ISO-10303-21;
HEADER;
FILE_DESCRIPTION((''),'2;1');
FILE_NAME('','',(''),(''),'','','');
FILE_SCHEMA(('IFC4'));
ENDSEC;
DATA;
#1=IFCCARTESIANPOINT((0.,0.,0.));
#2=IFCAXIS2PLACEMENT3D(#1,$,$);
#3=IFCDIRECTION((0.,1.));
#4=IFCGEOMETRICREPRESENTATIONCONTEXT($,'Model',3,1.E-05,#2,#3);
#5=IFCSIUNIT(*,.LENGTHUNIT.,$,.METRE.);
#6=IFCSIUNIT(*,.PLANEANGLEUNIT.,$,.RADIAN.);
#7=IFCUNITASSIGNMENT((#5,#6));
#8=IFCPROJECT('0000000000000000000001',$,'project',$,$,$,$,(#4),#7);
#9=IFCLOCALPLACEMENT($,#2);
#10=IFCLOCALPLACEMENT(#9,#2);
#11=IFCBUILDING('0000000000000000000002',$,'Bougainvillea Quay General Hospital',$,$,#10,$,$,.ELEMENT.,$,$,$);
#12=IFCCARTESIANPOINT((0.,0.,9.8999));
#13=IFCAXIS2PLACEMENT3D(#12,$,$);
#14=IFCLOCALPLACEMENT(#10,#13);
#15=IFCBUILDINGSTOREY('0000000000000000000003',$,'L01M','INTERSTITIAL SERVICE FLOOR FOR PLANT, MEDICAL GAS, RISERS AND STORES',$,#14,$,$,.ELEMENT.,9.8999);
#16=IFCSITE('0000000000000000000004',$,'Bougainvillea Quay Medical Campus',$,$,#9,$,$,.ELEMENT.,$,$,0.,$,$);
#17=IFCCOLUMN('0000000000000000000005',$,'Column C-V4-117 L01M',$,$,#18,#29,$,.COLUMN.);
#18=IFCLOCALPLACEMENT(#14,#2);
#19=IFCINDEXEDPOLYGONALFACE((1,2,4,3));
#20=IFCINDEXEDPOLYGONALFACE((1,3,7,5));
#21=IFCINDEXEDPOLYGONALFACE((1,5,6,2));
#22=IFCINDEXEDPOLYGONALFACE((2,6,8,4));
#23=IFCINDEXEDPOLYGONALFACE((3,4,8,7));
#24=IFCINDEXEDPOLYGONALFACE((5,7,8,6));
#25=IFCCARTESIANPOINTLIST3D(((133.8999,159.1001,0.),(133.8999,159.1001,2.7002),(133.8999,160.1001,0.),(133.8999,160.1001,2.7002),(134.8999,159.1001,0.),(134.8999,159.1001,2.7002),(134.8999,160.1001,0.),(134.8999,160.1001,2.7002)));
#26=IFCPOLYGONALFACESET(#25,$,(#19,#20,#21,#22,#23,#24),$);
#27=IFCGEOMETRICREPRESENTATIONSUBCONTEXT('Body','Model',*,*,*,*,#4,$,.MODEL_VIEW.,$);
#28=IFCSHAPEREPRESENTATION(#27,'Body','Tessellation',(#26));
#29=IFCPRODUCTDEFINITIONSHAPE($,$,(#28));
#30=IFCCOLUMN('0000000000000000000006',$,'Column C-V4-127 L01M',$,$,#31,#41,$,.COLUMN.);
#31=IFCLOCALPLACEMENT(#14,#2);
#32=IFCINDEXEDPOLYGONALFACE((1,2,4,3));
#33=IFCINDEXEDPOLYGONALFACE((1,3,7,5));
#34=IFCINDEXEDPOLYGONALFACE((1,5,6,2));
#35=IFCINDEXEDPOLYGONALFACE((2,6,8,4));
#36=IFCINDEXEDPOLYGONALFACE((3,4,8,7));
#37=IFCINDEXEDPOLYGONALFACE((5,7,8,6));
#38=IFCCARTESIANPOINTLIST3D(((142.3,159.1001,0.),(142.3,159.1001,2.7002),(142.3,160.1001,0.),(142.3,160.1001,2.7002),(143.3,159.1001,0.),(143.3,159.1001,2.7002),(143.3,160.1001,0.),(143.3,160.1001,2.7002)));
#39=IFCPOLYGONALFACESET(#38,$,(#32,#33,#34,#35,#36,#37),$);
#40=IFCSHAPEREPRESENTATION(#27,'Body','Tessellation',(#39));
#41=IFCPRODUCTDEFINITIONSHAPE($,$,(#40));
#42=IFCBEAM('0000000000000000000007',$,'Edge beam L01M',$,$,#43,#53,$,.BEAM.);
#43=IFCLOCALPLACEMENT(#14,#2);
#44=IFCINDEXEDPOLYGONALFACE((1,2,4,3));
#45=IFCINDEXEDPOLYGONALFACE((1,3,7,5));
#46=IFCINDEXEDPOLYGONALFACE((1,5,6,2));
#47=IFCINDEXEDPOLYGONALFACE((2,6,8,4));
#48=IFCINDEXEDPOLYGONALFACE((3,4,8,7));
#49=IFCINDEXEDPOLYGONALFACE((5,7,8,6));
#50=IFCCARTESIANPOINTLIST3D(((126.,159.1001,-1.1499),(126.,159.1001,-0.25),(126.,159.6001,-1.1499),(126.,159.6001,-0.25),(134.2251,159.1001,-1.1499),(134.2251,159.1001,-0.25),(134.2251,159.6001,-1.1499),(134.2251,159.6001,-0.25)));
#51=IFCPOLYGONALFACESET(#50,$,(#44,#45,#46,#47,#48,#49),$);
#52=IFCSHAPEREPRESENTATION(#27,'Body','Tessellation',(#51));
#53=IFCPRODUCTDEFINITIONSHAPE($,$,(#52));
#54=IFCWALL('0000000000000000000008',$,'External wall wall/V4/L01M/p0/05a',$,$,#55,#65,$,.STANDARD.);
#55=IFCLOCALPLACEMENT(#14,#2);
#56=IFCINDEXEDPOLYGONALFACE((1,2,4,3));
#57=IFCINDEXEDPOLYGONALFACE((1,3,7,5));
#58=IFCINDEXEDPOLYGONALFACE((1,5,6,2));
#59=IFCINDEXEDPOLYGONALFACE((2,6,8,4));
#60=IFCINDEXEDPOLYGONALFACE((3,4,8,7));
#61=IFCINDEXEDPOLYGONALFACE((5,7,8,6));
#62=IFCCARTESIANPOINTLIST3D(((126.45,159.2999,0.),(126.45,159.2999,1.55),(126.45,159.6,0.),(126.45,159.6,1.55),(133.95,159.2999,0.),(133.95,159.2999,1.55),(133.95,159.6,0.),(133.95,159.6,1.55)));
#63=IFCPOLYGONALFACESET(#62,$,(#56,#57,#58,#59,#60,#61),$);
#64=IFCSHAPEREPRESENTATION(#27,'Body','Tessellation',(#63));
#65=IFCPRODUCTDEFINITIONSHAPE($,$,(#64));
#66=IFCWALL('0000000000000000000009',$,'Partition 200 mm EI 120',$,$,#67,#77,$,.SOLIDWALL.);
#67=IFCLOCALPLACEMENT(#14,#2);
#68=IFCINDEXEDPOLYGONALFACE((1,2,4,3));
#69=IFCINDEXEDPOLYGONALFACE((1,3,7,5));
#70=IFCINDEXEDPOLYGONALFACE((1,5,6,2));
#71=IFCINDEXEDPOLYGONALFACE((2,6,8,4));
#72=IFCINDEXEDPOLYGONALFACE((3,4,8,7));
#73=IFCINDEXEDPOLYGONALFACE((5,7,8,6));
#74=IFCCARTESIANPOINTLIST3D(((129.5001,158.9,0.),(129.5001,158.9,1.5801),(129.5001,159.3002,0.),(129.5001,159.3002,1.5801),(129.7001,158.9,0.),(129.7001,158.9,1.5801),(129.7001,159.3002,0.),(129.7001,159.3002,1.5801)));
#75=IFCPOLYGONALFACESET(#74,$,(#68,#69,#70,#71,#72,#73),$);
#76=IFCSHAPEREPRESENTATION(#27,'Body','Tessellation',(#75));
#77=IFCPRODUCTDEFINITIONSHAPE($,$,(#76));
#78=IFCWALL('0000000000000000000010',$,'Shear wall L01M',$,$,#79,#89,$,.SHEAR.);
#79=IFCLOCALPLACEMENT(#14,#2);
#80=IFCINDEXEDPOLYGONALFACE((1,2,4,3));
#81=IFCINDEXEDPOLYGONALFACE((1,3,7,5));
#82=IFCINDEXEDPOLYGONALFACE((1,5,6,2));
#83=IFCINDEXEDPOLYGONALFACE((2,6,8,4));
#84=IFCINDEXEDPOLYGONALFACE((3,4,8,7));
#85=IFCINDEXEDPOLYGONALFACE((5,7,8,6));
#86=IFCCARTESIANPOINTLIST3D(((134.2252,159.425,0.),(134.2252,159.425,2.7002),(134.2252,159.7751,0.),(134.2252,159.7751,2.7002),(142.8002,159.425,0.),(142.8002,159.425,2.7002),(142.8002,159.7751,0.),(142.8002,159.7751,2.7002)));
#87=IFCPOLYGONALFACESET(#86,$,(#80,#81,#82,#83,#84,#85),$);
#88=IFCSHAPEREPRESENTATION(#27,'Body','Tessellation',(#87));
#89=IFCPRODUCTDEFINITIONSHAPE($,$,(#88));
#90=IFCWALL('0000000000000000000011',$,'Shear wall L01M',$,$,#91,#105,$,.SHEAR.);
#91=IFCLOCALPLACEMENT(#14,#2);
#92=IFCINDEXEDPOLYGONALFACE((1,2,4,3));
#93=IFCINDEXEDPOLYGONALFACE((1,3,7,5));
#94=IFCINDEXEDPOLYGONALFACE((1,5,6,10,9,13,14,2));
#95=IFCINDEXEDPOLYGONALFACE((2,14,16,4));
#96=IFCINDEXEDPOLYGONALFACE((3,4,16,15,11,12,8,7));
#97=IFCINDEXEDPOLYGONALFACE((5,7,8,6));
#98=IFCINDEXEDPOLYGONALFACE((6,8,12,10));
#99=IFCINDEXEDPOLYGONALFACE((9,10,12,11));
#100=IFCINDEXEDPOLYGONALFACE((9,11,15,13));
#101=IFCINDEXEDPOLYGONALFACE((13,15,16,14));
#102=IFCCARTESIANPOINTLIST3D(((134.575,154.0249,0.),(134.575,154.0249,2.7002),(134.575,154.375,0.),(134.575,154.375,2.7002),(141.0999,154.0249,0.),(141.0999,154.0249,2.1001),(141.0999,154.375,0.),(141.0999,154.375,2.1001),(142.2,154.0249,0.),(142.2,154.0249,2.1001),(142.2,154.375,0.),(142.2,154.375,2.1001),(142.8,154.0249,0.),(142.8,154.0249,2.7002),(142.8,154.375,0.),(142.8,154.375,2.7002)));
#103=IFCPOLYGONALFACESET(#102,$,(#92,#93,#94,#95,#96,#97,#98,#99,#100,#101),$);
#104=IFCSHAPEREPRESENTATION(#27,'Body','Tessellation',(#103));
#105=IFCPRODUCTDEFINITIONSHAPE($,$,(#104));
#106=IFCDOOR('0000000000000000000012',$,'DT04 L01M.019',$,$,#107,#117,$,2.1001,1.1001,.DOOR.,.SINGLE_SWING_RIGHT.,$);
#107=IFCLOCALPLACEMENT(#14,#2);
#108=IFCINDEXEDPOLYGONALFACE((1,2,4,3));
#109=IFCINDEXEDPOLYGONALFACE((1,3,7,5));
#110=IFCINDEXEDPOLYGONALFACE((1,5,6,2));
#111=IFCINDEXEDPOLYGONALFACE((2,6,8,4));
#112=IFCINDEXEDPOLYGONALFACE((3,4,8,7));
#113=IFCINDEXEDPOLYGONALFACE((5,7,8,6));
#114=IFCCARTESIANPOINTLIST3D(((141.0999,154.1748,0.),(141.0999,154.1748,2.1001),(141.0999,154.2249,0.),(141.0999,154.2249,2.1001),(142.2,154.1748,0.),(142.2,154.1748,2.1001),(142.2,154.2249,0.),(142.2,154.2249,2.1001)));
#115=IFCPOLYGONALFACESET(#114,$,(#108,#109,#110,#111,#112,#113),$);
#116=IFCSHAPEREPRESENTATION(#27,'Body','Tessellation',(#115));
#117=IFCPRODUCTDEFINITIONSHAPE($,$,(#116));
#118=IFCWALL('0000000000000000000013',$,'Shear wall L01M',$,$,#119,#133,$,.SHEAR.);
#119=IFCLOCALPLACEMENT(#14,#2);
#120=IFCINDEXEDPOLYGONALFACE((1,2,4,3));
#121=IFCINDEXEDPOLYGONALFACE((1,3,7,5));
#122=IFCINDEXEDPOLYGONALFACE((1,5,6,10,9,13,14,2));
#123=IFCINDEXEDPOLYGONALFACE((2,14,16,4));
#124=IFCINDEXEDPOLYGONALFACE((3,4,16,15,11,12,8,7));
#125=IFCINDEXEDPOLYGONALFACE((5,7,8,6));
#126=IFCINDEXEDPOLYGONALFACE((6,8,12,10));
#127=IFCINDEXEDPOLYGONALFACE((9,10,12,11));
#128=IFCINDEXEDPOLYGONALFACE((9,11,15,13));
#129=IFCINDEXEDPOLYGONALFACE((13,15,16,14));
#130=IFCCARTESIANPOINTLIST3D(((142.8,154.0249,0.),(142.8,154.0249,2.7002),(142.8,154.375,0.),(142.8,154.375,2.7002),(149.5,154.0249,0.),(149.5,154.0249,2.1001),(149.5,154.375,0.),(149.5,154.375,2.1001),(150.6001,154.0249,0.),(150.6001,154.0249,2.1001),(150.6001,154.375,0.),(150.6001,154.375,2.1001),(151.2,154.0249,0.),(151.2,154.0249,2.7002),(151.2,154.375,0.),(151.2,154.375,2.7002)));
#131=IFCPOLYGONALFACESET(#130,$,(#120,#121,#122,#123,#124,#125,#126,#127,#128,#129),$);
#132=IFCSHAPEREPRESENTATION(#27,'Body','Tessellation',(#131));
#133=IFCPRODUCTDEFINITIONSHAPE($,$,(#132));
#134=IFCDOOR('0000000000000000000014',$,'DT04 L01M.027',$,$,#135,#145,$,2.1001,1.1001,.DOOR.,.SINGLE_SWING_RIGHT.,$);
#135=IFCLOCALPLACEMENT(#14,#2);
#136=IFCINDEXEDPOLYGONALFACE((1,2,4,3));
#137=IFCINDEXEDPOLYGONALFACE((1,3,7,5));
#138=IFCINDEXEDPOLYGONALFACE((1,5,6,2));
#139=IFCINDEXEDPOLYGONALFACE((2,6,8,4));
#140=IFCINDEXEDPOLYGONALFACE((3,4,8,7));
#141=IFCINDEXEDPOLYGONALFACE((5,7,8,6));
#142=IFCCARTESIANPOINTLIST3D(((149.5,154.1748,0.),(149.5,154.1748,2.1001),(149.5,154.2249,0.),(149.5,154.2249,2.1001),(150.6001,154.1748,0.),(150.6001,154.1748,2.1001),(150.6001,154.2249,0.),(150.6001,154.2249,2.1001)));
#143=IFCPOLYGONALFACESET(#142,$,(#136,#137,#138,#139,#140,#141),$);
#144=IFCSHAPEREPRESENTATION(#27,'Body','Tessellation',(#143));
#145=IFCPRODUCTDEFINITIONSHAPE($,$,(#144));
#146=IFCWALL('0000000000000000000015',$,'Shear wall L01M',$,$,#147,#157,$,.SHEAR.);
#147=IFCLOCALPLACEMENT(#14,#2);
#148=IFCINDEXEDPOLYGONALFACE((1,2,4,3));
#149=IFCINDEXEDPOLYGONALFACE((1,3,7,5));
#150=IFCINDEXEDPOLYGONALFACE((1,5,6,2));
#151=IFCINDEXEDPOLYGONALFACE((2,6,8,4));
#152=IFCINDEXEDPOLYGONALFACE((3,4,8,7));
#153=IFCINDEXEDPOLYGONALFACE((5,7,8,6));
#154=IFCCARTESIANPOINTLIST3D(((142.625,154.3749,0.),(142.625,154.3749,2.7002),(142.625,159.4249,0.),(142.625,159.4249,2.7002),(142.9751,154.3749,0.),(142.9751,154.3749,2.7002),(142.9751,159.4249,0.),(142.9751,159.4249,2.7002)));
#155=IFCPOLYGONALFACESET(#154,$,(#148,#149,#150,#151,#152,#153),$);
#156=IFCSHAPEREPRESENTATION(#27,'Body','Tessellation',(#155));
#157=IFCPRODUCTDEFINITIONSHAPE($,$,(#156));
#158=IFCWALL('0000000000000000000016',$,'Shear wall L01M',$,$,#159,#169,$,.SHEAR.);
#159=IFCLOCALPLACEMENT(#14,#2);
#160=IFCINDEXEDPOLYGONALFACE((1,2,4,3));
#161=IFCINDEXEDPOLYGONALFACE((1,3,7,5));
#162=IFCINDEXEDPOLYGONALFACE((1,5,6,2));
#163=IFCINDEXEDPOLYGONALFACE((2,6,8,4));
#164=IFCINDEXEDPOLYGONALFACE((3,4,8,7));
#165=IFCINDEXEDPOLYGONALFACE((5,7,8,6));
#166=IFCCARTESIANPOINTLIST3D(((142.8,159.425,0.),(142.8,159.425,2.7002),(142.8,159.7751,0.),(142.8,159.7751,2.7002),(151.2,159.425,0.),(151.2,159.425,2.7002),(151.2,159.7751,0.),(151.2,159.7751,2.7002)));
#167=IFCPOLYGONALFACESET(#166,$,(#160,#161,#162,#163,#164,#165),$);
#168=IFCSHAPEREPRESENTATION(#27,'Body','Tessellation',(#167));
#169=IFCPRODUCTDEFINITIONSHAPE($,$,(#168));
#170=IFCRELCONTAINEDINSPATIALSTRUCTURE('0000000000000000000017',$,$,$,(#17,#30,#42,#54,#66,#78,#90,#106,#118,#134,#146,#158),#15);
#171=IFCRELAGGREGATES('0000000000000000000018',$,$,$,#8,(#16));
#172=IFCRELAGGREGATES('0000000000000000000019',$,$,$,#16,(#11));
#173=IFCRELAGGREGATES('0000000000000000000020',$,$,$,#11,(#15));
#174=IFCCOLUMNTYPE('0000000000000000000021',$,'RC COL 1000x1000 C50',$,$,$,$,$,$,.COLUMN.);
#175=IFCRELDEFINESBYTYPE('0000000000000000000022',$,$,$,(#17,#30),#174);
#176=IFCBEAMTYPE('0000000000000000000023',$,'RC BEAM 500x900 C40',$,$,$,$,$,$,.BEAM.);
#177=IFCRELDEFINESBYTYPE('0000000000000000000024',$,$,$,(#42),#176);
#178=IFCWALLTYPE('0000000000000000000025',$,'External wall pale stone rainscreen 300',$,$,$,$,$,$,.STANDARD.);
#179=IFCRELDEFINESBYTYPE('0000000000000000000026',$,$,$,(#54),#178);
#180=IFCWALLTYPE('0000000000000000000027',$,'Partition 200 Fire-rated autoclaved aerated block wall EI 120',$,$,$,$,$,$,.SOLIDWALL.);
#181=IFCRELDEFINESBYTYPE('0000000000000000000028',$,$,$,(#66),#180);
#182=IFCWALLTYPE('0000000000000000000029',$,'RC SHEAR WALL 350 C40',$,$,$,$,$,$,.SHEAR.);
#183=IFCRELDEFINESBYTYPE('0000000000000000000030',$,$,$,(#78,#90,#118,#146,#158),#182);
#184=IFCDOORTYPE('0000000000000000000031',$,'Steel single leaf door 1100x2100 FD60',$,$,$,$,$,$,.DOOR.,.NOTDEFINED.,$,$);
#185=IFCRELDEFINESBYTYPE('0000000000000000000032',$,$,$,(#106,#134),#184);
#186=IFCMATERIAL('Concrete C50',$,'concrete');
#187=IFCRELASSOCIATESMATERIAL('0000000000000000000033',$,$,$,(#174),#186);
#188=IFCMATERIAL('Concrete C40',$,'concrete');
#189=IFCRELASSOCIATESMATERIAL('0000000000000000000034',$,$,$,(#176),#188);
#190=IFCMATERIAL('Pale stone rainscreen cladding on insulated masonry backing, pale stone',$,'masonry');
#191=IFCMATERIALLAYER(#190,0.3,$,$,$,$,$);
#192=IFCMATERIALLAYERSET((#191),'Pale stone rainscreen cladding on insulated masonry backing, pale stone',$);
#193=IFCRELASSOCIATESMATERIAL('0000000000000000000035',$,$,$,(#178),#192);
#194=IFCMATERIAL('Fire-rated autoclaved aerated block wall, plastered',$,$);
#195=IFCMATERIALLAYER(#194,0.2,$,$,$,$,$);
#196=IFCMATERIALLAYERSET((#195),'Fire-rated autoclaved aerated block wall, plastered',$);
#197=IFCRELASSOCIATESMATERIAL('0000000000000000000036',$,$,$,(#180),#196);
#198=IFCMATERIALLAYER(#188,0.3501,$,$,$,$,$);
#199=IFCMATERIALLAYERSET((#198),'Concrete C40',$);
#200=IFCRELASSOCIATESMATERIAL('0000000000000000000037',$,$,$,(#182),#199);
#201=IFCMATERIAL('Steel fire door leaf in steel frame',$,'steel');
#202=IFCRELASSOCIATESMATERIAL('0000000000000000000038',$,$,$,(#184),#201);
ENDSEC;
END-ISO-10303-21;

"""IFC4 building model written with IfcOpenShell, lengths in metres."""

from ifc_helpers import new_model, si_unit, direction, frame, frame_2d, origin, origin_2d, place, context, subcontext, project, spatial, rectangle, extrude, material, layer, layer_set, material_profile, profile_set, type_object, element, fill, save


model = new_model("IFC4")

# Units and contexts
model_context = context("Model", 3, precision=1e-05, world=origin(), true_north=direction((0.0, 1.0)))
body_context = subcontext(model_context, "Body", "Model", "MODEL_VIEW")
ifc_project = project(units=[si_unit("LENGTHUNIT", "METRE"), si_unit("PLANEANGLEUNIT", "RADIAN")], contexts=[model_context])

# Site, building, storey
site_placement = place(None, origin())
site = spatial("IfcSite", under=ifc_project, at=site_placement, Name="Bougainvillea Quay Medical Campus", CompositionType="ELEMENT", RefElevation=0.0)
building_placement = place(site_placement, origin())
building = spatial("IfcBuilding", under=site, at=building_placement, Name="Bougainvillea Quay General Hospital", CompositionType="ELEMENT")
storey_placement = place(building_placement, frame((0.0, 0.0, 9.8999)))
storey = spatial("IfcBuildingStorey", under=building, at=storey_placement, Name="L01M", Description="INTERSTITIAL SERVICE FLOOR FOR PLANT, MEDICAL GAS, RISERS AND STORES", CompositionType="ELEMENT", Elevation=9.8999)

# Columns
ifc_material_1 = material(Name="Concrete C50", Category="concrete")
ifc_material_profile_1 = material_profile(ifc_material_1, rectangle(XDim=1.0, YDim=1.0, at=origin_2d()))
ifc_profile_set_1 = profile_set([ifc_material_profile_1], Name="Concrete C50")
column_type = type_object("IfcColumnType", Name="RC COL 1000x1000 C50", PredefinedType="COLUMN", material=ifc_profile_set_1)
for number, where, z_axis, x_axis, name in (
    (1, (134.3999, 159.6001, 0.0), (0.0, 0.0, 1.0), (1.0, 0.0, 0.0), "Column C-V4-117 L01M"),
    (2, (142.8, 159.6001, 0.0), (0.0, 0.0, 1.0), (1.0, 0.0, 0.0), "Column C-V4-127 L01M"),
):
    element("IfcColumn", number, at=place(storey_placement, frame(where, z_axis=z_axis, x_axis=x_axis)), inside=storey, type_object=column_type, Name=name, PredefinedType="COLUMN", context=body_context, shape_type="SweptSolid", body=[
        extrude(rectangle(XDim=1.0, YDim=1.0, at=origin_2d()), origin(), (0.0, 0.0, 1.0), 2.7002),
    ])

# Beam
ifc_material_2 = material(Name="Concrete C40", Category="concrete")
ifc_material_profile_2 = material_profile(ifc_material_2, rectangle(XDim=0.5, YDim=0.8999, at=origin_2d()))
ifc_profile_set_2 = profile_set([ifc_material_profile_2], Name="Concrete C40")
beam_type = type_object("IfcBeamType", Name="RC BEAM 500x900 C40", PredefinedType="BEAM", material=ifc_profile_set_2)
beam_placement = place(storey_placement, frame((134.2251, 159.3501, -0.7), z_axis=(-1.0, 0.0, 0.0), x_axis=(0.0, -1.0, 0.0)))
element("IfcBeam", 3, at=beam_placement, inside=storey, type_object=beam_type, Name="Edge beam L01M", PredefinedType="BEAM", context=body_context, shape_type="SweptSolid", body=[
    extrude(rectangle(XDim=0.5, YDim=0.8999, at=origin_2d()), origin(), (0.0, 0.0, 1.0), 8.2251),
])

# Walls
ifc_material_3 = material(Name="Pale stone rainscreen cladding on insulated masonry backing, pale stone", Category="masonry")
ifc_layer_1 = layer(ifc_material_3, 0.3)
ifc_layer_set_1 = layer_set([ifc_layer_1], Name="Pale stone rainscreen cladding on insulated masonry backing, pale stone")
wall_type_1 = type_object("IfcWallType", Name="External wall pale stone rainscreen 300", PredefinedType="STANDARD", material=ifc_layer_set_1)
wall_1_placement = place(storey_placement, frame((133.95, 159.45, 0.0), z_axis=(0.0, 0.0, 1.0), x_axis=(-1.0, 0.0, 0.0)))
element("IfcWall", 4, at=wall_1_placement, inside=storey, type_object=wall_type_1, Name="External wall wall/V4/L01M/p0/05a", PredefinedType="STANDARD", context=body_context, shape_type="SweptSolid", body=[
    extrude(rectangle(XDim=7.5, YDim=0.3, at=frame_2d((3.75, 0.0))), origin(), (0.0, 0.0, 1.0), 1.55),
])
ifc_material_4 = material(Name="Fire-rated autoclaved aerated block wall, plastered")
ifc_layer_2 = layer(ifc_material_4, 0.2)
ifc_layer_set_2 = layer_set([ifc_layer_2], Name="Fire-rated autoclaved aerated block wall, plastered")
wall_type_2 = type_object("IfcWallType", Name="Partition 200 Fire-rated autoclaved aerated block wall EI 120", PredefinedType="SOLIDWALL", material=ifc_layer_set_2)
wall_2_placement = place(storey_placement, frame((129.6001, 158.8999, 0.0), z_axis=(0.0, 0.0, 1.0), x_axis=(0.0, 1.0, 0.0)))
element("IfcWall", 5, at=wall_2_placement, inside=storey, type_object=wall_type_2, Name="Partition 200 mm EI 120", PredefinedType="SOLIDWALL", context=body_context, shape_type="SweptSolid", body=[
    extrude(rectangle(XDim=0.4001, YDim=0.2, at=frame_2d((0.2002, 0.0))), origin(), (0.0, 0.0, 1.0), 1.5801),
])
ifc_layer_3 = layer(ifc_material_2, 0.3501)
ifc_layer_set_3 = layer_set([ifc_layer_3], Name="Concrete C40")
wall_type_3 = type_object("IfcWallType", Name="RC SHEAR WALL 350 C40", PredefinedType="SHEAR", material=ifc_layer_set_3)
wall_3_placement = place(storey_placement, frame((134.2251, 159.6001, 0.0), z_axis=(0.0, 0.0, 1.0), x_axis=(1.0, 0.0, 0.0)))
element("IfcWall", 6, at=wall_3_placement, inside=storey, type_object=wall_type_3, Name="Shear wall L01M", PredefinedType="SHEAR", context=body_context, shape_type="SweptSolid", body=[
    extrude(rectangle(XDim=8.575, YDim=0.3501, at=frame_2d((4.2876, 0.0))), origin(), (0.0, 0.0, 1.0), 2.7002),
])

# Walls, openings, doors
wall_4_placement = place(storey_placement, frame((134.575, 154.2, 0.0), z_axis=(0.0, 0.0, 1.0), x_axis=(1.0, 0.0, 0.0)))
wall_4 = element("IfcWall", 7, at=wall_4_placement, inside=storey, type_object=wall_type_3, Name="Shear wall L01M", PredefinedType="SHEAR", context=body_context, shape_type="SweptSolid", body=[
    extrude(rectangle(XDim=8.2251, YDim=0.3501, at=frame_2d((4.1125, 0.0))), origin(), (0.0, 0.0, 1.0), 2.7002),
])
opening_1_placement = place(wall_4_placement, frame((6.5249, 0.0, 0.0)))
opening_1 = element("IfcOpeningElement", 8, at=opening_1_placement, cuts=wall_4, PredefinedType="OPENING", context=body_context, shape_type="SweptSolid", body=[
    extrude(rectangle(XDim=1.1001, YDim=2.1001, at=frame_2d((0.55, 1.05))), frame((0.0, 0.1851, 0.0), z_axis=(0.0, -1.0, 0.0), x_axis=(1.0, 0.0, 0.0)), (0.0, 0.0, 1.0), 0.3701),
])
ifc_material_5 = material(Name="Steel fire door leaf in steel frame", Category="steel")
door_type = type_object("IfcDoorType", Name="Steel single leaf door 1100x2100 FD60", OperationType="NOTDEFINED", PredefinedType="DOOR", material=ifc_material_5)
door_1_placement = place(opening_1_placement, origin())
door_1 = element("IfcDoor", 9, at=door_1_placement, inside=storey, type_object=door_type, Name="DT04 L01M.019", OperationType="SINGLE_SWING_RIGHT", OverallHeight=2.1001, OverallWidth=1.1001, PredefinedType="DOOR", context=body_context, shape_type="SweptSolid", body=[
    extrude(rectangle(XDim=1.1001, YDim=2.1001, at=frame_2d((0.55, 1.05))), frame((0.0, 0.0249, 0.0), z_axis=(0.0, -1.0, 0.0), x_axis=(1.0, 0.0, 0.0)), (0.0, 0.0, 1.0), 0.05),
])
fill(opening_1, door_1)
wall_5_placement = place(storey_placement, frame((142.8, 154.2, 0.0), z_axis=(0.0, 0.0, 1.0), x_axis=(1.0, 0.0, 0.0)))
wall_5 = element("IfcWall", 10, at=wall_5_placement, inside=storey, type_object=wall_type_3, Name="Shear wall L01M", PredefinedType="SHEAR", context=body_context, shape_type="SweptSolid", body=[
    extrude(rectangle(XDim=8.3999, YDim=0.3501, at=frame_2d((4.2, 0.0))), origin(), (0.0, 0.0, 1.0), 2.7002),
])
opening_2_placement = place(wall_5_placement, frame((6.7, 0.0, 0.0)))
opening_2 = element("IfcOpeningElement", 11, at=opening_2_placement, cuts=wall_5, PredefinedType="OPENING", context=body_context, shape_type="SweptSolid", body=[
    extrude(rectangle(XDim=1.1001, YDim=2.1001, at=frame_2d((0.55, 1.05))), frame((0.0, 0.1851, 0.0), z_axis=(0.0, -1.0, 0.0), x_axis=(1.0, 0.0, 0.0)), (0.0, 0.0, 1.0), 0.3701),
])
door_2_placement = place(opening_2_placement, origin())
door_2 = element("IfcDoor", 12, at=door_2_placement, inside=storey, type_object=door_type, Name="DT04 L01M.027", OperationType="SINGLE_SWING_RIGHT", OverallHeight=2.1001, OverallWidth=1.1001, PredefinedType="DOOR", context=body_context, shape_type="SweptSolid", body=[
    extrude(rectangle(XDim=1.1001, YDim=2.1001, at=frame_2d((0.55, 1.05))), frame((0.0, 0.0249, 0.0), z_axis=(0.0, -1.0, 0.0), x_axis=(1.0, 0.0, 0.0)), (0.0, 0.0, 1.0), 0.05),
])
fill(opening_2, door_2)

# Walls
wall_6_placement = place(storey_placement, frame((142.8, 154.375, 0.0), z_axis=(0.0, 0.0, 1.0), x_axis=(0.0, 1.0, 0.0)))
element("IfcWall", 13, at=wall_6_placement, inside=storey, type_object=wall_type_3, Name="Shear wall L01M", PredefinedType="SHEAR", context=body_context, shape_type="SweptSolid", body=[
    extrude(rectangle(XDim=5.05, YDim=0.3501, at=frame_2d((2.5249, 0.0))), origin(), (0.0, 0.0, 1.0), 2.7002),
])
wall_7_placement = place(storey_placement, frame((142.8, 159.6001, 0.0), z_axis=(0.0, 0.0, 1.0), x_axis=(1.0, 0.0, 0.0)))
element("IfcWall", 14, at=wall_7_placement, inside=storey, type_object=wall_type_3, Name="Shear wall L01M", PredefinedType="SHEAR", context=body_context, shape_type="SweptSolid", body=[
    extrude(rectangle(XDim=8.3999, YDim=0.3501, at=frame_2d((4.2, 0.0))), origin(), (0.0, 0.0, 1.0), 2.7002),
])

save(model, "model.ifc")
